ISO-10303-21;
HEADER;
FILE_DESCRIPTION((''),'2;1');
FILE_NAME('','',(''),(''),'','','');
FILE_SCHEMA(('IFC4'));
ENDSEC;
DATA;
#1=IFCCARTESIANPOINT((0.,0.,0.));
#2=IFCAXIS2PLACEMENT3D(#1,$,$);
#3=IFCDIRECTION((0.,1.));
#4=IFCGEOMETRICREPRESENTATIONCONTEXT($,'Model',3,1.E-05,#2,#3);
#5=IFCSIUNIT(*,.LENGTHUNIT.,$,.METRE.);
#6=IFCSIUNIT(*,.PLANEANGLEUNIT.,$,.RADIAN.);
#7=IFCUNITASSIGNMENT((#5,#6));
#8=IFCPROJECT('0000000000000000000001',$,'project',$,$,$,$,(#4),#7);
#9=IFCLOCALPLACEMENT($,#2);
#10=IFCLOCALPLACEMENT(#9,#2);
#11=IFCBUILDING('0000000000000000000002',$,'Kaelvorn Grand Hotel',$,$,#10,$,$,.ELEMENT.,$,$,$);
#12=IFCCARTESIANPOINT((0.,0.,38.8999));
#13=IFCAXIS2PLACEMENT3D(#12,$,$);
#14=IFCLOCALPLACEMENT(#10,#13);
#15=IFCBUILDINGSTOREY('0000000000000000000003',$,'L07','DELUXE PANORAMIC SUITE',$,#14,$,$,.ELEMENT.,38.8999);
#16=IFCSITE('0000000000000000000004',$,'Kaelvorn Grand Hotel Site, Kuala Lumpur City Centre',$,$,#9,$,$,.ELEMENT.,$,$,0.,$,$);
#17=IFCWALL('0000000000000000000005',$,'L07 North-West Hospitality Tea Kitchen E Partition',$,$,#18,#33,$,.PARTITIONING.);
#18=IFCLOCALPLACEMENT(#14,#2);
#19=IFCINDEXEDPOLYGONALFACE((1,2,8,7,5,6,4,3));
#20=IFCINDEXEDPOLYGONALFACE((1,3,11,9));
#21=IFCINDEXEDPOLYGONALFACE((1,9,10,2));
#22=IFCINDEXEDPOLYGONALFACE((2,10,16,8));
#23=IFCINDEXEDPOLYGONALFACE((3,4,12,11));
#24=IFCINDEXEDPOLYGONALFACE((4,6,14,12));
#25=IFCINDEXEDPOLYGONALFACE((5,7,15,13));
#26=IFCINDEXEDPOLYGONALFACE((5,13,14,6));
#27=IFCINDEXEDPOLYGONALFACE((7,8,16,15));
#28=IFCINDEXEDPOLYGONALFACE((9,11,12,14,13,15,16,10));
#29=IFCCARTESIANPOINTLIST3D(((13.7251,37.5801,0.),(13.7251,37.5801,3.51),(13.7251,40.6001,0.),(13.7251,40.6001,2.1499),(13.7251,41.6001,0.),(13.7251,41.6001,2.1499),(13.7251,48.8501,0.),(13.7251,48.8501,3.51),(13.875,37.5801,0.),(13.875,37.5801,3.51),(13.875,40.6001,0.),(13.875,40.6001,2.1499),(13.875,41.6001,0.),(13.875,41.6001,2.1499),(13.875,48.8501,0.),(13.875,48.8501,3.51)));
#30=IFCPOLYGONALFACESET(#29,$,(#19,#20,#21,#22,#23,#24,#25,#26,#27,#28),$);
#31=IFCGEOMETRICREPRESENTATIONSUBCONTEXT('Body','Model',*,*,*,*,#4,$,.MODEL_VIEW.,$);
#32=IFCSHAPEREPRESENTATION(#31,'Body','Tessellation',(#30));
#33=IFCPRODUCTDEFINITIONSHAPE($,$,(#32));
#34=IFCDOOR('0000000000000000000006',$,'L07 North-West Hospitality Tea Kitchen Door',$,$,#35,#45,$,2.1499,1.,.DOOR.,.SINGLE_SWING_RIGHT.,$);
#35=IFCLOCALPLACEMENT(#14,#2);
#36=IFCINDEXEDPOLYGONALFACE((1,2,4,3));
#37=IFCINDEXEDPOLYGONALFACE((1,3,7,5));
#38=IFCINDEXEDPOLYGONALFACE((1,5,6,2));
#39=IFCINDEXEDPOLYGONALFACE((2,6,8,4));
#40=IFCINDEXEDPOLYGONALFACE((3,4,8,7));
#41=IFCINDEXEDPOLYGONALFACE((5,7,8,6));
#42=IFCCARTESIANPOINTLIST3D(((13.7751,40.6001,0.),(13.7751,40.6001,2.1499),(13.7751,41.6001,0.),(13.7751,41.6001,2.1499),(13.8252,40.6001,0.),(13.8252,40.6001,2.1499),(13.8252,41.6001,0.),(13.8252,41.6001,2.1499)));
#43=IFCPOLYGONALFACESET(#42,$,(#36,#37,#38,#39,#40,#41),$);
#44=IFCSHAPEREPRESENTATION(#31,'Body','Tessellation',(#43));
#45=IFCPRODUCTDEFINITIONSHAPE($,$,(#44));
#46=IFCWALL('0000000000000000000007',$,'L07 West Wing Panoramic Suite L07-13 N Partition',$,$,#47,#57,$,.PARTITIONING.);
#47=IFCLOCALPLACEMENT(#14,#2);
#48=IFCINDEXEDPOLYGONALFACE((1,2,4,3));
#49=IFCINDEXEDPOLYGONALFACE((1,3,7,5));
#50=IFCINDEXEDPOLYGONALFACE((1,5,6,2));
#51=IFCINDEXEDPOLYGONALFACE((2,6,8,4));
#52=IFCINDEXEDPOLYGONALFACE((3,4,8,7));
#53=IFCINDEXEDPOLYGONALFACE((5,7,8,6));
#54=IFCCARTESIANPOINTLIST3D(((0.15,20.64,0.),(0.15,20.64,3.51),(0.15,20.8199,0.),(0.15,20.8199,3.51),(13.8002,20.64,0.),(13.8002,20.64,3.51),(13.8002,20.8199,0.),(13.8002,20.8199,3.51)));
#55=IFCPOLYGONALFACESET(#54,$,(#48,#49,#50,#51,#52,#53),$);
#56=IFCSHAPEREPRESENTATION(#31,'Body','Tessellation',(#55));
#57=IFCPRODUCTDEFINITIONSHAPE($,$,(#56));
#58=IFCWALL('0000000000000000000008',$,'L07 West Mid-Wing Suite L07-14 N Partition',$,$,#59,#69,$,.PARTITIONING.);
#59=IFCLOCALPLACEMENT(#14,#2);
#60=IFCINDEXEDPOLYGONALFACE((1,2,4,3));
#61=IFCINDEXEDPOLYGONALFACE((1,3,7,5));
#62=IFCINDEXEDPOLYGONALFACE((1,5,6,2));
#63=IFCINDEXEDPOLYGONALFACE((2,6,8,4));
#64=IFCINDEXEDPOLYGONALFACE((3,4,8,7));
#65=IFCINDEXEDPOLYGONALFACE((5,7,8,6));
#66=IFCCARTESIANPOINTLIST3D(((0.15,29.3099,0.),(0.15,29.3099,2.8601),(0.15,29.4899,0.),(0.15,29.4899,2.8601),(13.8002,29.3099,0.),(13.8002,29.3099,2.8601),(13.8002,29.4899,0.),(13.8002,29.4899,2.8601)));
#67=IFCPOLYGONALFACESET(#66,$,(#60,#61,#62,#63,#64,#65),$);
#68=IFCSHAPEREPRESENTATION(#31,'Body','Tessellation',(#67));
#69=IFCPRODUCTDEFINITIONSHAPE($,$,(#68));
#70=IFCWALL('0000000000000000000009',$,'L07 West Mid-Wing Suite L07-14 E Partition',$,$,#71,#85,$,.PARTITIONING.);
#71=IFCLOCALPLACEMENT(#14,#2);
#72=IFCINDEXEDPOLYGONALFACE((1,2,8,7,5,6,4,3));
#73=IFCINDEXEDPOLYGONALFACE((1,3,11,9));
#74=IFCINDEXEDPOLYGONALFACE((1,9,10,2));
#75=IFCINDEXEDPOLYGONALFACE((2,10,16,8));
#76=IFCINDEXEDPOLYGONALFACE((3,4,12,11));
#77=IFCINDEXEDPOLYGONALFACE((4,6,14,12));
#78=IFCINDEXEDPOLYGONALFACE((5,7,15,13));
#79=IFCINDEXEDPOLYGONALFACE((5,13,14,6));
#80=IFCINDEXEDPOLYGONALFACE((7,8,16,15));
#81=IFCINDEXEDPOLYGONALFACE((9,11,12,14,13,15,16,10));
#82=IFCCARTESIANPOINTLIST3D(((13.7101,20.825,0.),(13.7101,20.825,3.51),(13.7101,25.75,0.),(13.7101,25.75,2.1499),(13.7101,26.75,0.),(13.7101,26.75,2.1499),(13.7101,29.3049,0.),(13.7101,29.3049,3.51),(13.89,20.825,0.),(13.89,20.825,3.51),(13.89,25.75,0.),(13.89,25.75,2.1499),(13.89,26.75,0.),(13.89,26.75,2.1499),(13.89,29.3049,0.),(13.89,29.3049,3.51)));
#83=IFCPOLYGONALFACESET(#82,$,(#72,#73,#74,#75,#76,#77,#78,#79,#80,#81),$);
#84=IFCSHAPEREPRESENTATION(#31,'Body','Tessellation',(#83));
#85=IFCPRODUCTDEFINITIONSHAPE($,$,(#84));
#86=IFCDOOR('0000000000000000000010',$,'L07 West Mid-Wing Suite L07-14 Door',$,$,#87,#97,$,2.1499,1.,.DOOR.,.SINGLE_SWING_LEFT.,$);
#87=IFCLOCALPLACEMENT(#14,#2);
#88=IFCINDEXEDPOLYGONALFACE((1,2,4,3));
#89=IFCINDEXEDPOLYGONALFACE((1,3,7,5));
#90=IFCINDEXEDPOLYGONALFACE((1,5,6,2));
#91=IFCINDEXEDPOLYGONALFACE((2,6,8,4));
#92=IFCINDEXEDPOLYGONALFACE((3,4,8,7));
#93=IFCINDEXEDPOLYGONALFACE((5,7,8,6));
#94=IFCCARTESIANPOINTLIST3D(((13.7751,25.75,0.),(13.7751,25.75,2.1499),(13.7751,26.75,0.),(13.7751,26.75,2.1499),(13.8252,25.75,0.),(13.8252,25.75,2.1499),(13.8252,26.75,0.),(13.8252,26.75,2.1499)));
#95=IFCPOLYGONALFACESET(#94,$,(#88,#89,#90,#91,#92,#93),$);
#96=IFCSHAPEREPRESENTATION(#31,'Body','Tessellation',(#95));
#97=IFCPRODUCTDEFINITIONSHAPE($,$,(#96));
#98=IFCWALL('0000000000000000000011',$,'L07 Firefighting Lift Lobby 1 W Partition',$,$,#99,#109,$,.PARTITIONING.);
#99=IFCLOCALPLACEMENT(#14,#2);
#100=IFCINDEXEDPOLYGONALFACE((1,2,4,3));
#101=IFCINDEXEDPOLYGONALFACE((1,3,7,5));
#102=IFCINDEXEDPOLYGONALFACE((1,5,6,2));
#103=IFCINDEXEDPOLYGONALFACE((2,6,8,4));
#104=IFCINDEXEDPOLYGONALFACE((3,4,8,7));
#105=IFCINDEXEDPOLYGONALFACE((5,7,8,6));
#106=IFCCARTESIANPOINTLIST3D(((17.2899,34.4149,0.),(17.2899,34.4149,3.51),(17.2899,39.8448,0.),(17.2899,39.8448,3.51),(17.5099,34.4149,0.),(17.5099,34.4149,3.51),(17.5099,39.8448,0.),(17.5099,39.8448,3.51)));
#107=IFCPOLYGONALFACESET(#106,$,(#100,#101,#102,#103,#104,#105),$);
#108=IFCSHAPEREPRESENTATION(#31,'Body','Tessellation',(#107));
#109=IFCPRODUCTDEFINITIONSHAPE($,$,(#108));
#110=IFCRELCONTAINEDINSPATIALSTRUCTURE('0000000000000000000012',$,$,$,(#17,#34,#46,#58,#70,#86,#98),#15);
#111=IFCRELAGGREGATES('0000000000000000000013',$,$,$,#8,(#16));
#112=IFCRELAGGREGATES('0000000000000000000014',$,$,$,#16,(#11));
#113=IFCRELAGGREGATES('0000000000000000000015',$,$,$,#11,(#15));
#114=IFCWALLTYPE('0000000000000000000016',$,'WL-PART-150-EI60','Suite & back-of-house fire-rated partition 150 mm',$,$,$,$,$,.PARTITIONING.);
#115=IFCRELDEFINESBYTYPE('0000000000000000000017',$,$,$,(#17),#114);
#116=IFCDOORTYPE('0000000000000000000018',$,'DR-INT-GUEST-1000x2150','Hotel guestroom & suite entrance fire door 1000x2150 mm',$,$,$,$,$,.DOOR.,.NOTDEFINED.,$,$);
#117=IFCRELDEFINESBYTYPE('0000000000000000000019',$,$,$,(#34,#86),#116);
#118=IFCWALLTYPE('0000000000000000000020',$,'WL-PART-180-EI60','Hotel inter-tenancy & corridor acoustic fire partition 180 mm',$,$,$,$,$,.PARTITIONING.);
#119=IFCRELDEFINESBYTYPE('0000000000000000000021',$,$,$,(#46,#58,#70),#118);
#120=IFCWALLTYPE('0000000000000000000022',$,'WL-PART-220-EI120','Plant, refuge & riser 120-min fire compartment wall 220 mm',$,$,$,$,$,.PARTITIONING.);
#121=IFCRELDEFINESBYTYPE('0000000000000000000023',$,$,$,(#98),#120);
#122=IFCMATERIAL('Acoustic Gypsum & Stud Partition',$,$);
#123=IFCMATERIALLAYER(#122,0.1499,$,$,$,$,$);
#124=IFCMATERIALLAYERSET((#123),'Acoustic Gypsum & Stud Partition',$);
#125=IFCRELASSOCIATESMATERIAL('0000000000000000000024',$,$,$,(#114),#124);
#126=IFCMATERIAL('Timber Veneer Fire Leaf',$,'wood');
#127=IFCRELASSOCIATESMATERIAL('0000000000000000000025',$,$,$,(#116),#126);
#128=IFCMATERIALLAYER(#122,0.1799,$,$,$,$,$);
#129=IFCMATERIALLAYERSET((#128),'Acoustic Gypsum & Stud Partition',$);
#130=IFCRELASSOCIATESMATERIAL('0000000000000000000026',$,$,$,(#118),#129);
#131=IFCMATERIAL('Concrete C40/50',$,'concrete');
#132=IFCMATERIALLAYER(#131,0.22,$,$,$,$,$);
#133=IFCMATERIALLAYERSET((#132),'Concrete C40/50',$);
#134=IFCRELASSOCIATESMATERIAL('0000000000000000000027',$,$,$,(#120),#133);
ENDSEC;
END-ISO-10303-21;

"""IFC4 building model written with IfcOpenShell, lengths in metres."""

from ifc_helpers import new_model, si_unit, direction, frame, frame_2d, origin, place, context, subcontext, project, spatial, rectangle, extrude, material, layer, layer_set, type_object, element, fill, save


model = new_model("IFC4")

# Units and contexts
model_context = context("Model", 3, precision=1e-05, world=origin(), true_north=direction((0.0, 1.0)))
body_context = subcontext(model_context, "Body", "Model", "MODEL_VIEW")
ifc_project = project(units=[si_unit("LENGTHUNIT", "METRE"), si_unit("PLANEANGLEUNIT", "RADIAN")], contexts=[model_context])

# Site, building, storey
site_placement = place(None, origin())
site = spatial("IfcSite", under=ifc_project, at=site_placement, Name="Kaelvorn Grand Hotel Site, Kuala Lumpur City Centre", CompositionType="ELEMENT", RefElevation=0.0)
building_placement = place(site_placement, origin())
building = spatial("IfcBuilding", under=site, at=building_placement, Name="Kaelvorn Grand Hotel", CompositionType="ELEMENT")
storey_placement = place(building_placement, frame((0.0, 0.0, 38.8999)))
storey = spatial("IfcBuildingStorey", under=building, at=storey_placement, Name="L07", Description="DELUXE PANORAMIC SUITE", CompositionType="ELEMENT", Elevation=38.8999)

# Shared definitions
ifc_material_1 = material(Name="Acoustic Gypsum & Stud Partition")
ifc_layer_1 = layer(ifc_material_1, 0.1499)
ifc_layer_set_1 = layer_set([ifc_layer_1], Name="Acoustic Gypsum & Stud Partition")
wall_type_1 = type_object("IfcWallType", Name="WL-PART-150-EI60", Description="Suite & back-of-house fire-rated partition 150 mm", PredefinedType="PARTITIONING", material=ifc_layer_set_1)

# Wall, opening, door
ifc_material_2 = material(Name="Timber Veneer Fire Leaf", Category="wood")
door_type_1 = type_object("IfcDoorType", Name="DR-INT-GUEST-1000x2150", Description="Hotel guestroom & suite entrance fire door 1000x2150 mm", OperationType="NOTDEFINED", PredefinedType="DOOR", material=ifc_material_2)
wall_1_placement = place(storey_placement, frame((13.8, 37.5801, 0.0), z_axis=(0.0, 0.0, 1.0), x_axis=(0.0, 1.0, 0.0)))
wall_1 = element("IfcWall", 1, at=wall_1_placement, inside=storey, type_object=wall_type_1, Name="L07 North-West Hospitality Tea Kitchen E Partition", PredefinedType="PARTITIONING", context=body_context, shape_type="SweptSolid", body=[
    extrude(rectangle(XDim=11.27, YDim=0.1499, at=frame_2d((5.635, 0.0))), origin(), (0.0, 0.0, 1.0), 3.51),
])
opening_1_placement = place(wall_1_placement, frame((3.02, 0.0, 0.0)))
opening_1 = element("IfcOpeningElement", 2, at=opening_1_placement, cuts=wall_1, PredefinedType="OPENING", context=body_context, shape_type="SweptSolid", body=[
    extrude(rectangle(XDim=1.0, YDim=2.1499, at=frame_2d((0.5, 1.075))), frame((0.0, 0.085, 0.0), z_axis=(0.0, -1.0, 0.0), x_axis=(1.0, 0.0, 0.0)), (0.0, 0.0, 1.0), 0.1699),
])
door_1_placement = place(opening_1_placement, origin())
door_1 = element("IfcDoor", 3, at=door_1_placement, inside=storey, type_object=door_type_1, Name="L07 North-West Hospitality Tea Kitchen Door", OperationType="SINGLE_SWING_RIGHT", OverallHeight=2.1499, OverallWidth=1.0, PredefinedType="DOOR", context=body_context, shape_type="SweptSolid", body=[
    extrude(rectangle(XDim=1.0, YDim=2.1499, at=frame_2d((0.5, 1.075))), frame((0.0, 0.0249, 0.0), z_axis=(0.0, -1.0, 0.0), x_axis=(1.0, 0.0, 0.0)), (0.0, 0.0, 1.0), 0.05),
])
fill(opening_1, door_1)

# Walls
ifc_layer_2 = layer(ifc_material_1, 0.1799)
ifc_layer_set_2 = layer_set([ifc_layer_2], Name="Acoustic Gypsum & Stud Partition")
wall_type_2 = type_object("IfcWallType", Name="WL-PART-180-EI60", Description="Hotel inter-tenancy & corridor acoustic fire partition 180 mm", PredefinedType="PARTITIONING", material=ifc_layer_set_2)
wall_2_placement = place(storey_placement, frame((0.1499, 20.73, 0.0), z_axis=(0.0, 0.0, 1.0), x_axis=(1.0, 0.0, 0.0)))
element("IfcWall", 4, at=wall_2_placement, inside=storey, type_object=wall_type_2, Name="L07 West Wing Panoramic Suite L07-13 N Partition", PredefinedType="PARTITIONING", context=body_context, shape_type="SweptSolid", body=[
    extrude(rectangle(XDim=13.6501, YDim=0.1799, at=frame_2d((6.8252, 0.0))), origin(), (0.0, 0.0, 1.0), 3.51),
])
wall_3_placement = place(storey_placement, frame((0.1499, 29.3999, 0.0), z_axis=(0.0, 0.0, 1.0), x_axis=(1.0, 0.0, 0.0)))
element("IfcWall", 5, at=wall_3_placement, inside=storey, type_object=wall_type_2, Name="L07 West Mid-Wing Suite L07-14 N Partition", PredefinedType="PARTITIONING", context=body_context, shape_type="SweptSolid", body=[
    extrude(rectangle(XDim=13.6501, YDim=0.1799, at=frame_2d((6.8252, 0.0))), origin(), (0.0, 0.0, 1.0), 2.8601),
])

# Wall, opening, door
wall_4_placement = place(storey_placement, frame((13.8, 20.825, 0.0), z_axis=(0.0, 0.0, 1.0), x_axis=(0.0, 1.0, 0.0)))
wall_4 = element("IfcWall", 6, at=wall_4_placement, inside=storey, type_object=wall_type_2, Name="L07 West Mid-Wing Suite L07-14 E Partition", PredefinedType="PARTITIONING", context=body_context, shape_type="SweptSolid", body=[
    extrude(rectangle(XDim=8.48, YDim=0.1799, at=frame_2d((4.24, 0.0))), origin(), (0.0, 0.0, 1.0), 3.51),
])
opening_2_placement = place(wall_4_placement, frame((4.925, 0.0, 0.0)))
opening_2 = element("IfcOpeningElement", 7, at=opening_2_placement, cuts=wall_4, PredefinedType="OPENING", context=body_context, shape_type="SweptSolid", body=[
    extrude(rectangle(XDim=1.0, YDim=2.1499, at=frame_2d((0.5, 1.075))), frame((0.0, 0.1001, 0.0), z_axis=(0.0, -1.0, 0.0), x_axis=(1.0, 0.0, 0.0)), (0.0, 0.0, 1.0), 0.2),
])
door_2_placement = place(opening_2_placement, origin())
door_2 = element("IfcDoor", 8, at=door_2_placement, inside=storey, type_object=door_type_1, Name="L07 West Mid-Wing Suite L07-14 Door", OperationType="SINGLE_SWING_LEFT", OverallHeight=2.1499, OverallWidth=1.0, PredefinedType="DOOR", context=body_context, shape_type="SweptSolid", body=[
    extrude(rectangle(XDim=1.0, YDim=2.1499, at=frame_2d((0.5, 1.075))), frame((0.0, 0.0249, 0.0), z_axis=(0.0, -1.0, 0.0), x_axis=(1.0, 0.0, 0.0)), (0.0, 0.0, 1.0), 0.05),
])
fill(opening_2, door_2)
ifc_material_3 = material(Name="Concrete C40/50", Category="concrete")
ifc_layer_3 = layer(ifc_material_3, 0.22)
ifc_layer_set_3 = layer_set([ifc_layer_3], Name="Concrete C40/50")
wall_type_3 = type_object("IfcWallType", Name="WL-PART-220-EI120", Description="Plant, refuge & riser 120-min fire compartment wall 220 mm", PredefinedType="PARTITIONING", material=ifc_layer_set_3)

# Wall
wall_5_placement = place(storey_placement, frame((17.3999, 34.415, 0.0), z_axis=(0.0, 0.0, 1.0), x_axis=(0.0, 1.0, 0.0)))
element("IfcWall", 9, at=wall_5_placement, inside=storey, type_object=wall_type_3, Name="L07 Firefighting Lift Lobby 1 W Partition", PredefinedType="PARTITIONING", context=body_context, shape_type="SweptSolid", body=[
    extrude(rectangle(XDim=5.4299, YDim=0.22, at=frame_2d((2.7148, 0.0))), origin(), (0.0, 0.0, 1.0), 3.51),
])

save(model, "model.ifc")
